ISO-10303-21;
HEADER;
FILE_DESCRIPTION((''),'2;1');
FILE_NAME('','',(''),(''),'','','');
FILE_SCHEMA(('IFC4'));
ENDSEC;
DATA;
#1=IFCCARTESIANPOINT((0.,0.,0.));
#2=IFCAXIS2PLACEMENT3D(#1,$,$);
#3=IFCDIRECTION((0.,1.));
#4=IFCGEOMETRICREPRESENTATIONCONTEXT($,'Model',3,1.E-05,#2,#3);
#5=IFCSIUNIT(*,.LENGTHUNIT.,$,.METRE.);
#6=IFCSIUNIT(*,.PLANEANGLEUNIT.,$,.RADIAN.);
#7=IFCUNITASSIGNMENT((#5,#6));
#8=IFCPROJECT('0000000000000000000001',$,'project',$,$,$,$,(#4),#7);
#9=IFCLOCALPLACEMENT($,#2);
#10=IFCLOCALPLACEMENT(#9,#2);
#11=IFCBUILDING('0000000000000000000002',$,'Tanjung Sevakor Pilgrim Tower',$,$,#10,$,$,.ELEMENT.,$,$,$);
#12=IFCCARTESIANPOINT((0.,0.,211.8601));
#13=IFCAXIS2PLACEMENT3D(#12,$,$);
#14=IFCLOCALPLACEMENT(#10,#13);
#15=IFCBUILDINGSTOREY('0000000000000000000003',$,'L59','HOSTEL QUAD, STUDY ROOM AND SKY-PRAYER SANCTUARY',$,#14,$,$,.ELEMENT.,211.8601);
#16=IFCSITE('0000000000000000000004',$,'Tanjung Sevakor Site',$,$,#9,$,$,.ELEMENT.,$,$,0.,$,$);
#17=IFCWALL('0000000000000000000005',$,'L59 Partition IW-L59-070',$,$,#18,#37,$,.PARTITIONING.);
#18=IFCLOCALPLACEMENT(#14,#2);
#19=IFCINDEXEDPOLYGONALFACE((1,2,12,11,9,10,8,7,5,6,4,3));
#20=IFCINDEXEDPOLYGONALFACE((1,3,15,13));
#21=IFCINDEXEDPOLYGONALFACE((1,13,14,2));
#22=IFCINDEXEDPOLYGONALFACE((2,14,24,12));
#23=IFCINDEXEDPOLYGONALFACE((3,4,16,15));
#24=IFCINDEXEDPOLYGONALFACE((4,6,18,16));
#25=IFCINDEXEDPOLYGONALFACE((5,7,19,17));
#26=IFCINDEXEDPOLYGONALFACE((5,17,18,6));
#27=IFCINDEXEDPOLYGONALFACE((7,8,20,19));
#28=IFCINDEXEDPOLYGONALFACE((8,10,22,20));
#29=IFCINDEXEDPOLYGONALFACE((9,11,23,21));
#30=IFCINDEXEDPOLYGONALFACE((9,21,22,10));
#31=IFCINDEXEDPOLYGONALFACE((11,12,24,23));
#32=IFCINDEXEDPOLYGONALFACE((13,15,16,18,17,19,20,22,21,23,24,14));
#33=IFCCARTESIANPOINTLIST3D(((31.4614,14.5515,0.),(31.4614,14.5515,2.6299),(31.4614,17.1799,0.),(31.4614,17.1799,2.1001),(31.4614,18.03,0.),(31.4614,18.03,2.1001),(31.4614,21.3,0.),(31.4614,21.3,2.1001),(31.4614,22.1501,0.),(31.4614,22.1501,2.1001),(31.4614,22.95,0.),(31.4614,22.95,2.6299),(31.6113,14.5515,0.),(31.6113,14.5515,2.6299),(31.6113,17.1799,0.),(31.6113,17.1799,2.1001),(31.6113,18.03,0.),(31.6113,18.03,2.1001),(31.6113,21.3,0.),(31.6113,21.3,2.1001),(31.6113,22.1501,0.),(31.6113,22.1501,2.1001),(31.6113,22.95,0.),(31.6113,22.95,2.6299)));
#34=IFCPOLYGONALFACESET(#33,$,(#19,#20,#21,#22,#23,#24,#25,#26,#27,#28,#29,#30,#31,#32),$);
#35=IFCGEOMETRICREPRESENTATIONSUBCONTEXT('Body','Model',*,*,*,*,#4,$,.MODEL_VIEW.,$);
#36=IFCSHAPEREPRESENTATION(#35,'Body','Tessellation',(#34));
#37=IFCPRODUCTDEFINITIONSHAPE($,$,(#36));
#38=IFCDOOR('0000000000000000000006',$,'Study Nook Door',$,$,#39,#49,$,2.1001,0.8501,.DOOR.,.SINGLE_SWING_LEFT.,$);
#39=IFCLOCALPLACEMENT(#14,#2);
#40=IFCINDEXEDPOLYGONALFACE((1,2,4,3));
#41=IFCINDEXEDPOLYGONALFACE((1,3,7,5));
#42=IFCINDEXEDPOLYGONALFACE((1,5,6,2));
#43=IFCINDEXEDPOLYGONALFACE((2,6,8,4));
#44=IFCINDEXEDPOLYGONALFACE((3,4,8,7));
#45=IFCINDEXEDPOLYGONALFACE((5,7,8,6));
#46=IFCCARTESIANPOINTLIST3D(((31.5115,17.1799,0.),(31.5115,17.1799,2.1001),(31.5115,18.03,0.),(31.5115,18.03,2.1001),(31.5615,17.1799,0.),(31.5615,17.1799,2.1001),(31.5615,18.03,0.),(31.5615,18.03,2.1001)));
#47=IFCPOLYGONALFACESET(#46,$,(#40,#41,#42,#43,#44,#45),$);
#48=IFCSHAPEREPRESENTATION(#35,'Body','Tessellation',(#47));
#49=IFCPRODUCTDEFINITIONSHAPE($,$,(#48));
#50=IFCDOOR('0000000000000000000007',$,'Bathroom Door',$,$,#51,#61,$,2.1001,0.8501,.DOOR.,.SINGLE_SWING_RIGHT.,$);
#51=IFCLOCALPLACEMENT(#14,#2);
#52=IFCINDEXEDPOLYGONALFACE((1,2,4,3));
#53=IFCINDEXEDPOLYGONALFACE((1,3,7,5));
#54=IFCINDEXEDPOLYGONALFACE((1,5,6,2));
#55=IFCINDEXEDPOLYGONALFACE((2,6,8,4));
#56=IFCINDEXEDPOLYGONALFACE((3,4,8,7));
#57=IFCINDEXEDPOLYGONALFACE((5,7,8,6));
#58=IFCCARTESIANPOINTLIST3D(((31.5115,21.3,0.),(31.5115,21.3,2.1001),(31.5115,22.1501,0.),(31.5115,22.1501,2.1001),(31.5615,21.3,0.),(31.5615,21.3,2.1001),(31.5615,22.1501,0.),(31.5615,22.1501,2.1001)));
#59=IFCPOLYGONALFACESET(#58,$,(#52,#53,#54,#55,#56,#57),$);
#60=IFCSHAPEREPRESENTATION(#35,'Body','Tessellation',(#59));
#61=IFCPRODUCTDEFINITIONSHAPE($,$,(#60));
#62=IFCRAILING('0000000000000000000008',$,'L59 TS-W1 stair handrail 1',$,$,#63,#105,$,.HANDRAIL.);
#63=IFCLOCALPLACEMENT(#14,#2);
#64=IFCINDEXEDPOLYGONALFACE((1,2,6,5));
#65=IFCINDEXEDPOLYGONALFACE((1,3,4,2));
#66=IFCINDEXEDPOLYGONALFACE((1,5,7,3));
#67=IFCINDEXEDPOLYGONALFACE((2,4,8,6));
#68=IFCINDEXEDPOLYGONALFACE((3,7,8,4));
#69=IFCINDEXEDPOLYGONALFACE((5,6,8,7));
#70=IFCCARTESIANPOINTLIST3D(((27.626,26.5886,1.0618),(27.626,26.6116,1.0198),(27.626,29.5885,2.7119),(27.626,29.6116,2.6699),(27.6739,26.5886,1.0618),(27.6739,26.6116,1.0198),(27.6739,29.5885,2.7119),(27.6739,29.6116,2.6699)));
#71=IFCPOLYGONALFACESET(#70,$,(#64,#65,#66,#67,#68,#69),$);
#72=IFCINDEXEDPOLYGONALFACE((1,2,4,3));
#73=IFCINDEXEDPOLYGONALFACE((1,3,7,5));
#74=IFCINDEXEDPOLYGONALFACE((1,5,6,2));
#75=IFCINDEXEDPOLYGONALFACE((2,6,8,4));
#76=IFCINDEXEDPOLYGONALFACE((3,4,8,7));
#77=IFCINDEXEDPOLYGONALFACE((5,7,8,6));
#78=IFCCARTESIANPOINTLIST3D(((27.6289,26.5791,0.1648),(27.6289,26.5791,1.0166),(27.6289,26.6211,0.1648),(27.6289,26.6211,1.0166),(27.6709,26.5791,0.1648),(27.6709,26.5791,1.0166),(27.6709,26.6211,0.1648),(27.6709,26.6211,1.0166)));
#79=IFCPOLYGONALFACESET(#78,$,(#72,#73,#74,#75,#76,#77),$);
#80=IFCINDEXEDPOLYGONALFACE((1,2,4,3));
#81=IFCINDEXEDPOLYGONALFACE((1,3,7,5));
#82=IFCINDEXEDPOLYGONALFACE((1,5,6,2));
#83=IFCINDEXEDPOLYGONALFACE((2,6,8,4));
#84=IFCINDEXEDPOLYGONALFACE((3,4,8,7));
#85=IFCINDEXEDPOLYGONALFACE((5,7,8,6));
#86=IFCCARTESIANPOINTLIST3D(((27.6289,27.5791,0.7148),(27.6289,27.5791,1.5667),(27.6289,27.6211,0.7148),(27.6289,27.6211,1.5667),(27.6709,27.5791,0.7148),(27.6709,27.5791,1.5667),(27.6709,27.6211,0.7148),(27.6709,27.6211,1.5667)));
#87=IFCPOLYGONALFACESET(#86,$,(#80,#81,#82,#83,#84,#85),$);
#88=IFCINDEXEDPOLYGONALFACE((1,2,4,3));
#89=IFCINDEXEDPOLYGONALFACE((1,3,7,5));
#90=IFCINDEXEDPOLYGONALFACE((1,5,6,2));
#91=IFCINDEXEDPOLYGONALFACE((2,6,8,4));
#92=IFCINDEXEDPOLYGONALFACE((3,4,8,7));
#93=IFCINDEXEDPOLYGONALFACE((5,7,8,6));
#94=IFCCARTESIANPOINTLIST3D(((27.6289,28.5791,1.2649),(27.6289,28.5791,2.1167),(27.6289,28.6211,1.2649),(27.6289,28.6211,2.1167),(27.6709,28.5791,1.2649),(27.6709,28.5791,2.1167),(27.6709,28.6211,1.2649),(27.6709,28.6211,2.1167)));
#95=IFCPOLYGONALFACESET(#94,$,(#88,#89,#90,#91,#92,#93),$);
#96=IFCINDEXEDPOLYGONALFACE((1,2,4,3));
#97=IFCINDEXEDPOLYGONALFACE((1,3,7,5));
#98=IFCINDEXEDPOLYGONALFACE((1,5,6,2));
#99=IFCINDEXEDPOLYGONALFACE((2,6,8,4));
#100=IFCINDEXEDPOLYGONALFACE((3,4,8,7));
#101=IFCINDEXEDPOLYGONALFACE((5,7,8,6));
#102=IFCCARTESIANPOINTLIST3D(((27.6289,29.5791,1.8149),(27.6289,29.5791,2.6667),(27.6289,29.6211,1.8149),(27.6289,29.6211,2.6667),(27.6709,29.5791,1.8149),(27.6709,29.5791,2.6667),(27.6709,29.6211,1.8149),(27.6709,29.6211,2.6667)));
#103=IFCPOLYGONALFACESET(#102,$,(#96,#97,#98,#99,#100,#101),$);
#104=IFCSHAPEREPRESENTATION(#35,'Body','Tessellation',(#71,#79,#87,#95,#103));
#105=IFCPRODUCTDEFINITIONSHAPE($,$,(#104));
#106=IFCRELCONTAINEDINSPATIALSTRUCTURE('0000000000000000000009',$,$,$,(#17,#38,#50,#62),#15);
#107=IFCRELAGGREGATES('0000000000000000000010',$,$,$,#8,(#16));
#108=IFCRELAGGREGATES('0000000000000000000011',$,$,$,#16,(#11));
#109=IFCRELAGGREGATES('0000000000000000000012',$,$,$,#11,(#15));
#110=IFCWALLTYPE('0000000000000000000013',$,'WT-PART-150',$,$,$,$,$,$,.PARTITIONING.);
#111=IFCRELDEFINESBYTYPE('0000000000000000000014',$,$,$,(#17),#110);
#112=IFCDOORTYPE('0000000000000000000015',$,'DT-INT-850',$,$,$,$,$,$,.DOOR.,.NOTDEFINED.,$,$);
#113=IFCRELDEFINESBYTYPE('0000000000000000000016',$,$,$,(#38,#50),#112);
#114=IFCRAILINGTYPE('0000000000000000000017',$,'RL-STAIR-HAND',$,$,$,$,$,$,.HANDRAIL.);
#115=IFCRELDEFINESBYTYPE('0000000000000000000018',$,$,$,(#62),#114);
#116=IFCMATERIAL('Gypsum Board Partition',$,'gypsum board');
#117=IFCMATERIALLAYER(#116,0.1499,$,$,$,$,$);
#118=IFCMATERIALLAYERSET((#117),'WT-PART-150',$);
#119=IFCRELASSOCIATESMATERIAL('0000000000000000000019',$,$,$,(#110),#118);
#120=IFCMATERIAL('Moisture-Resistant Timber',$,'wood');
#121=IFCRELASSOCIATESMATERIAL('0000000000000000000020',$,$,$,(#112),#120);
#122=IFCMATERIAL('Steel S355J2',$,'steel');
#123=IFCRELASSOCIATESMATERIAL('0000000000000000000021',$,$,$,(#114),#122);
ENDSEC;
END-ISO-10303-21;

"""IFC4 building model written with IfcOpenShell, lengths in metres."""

from ifc_helpers import new_model, si_unit, direction, frame, frame_2d, origin, place, context, subcontext, project, spatial, rectangle, extrude, material, layer, layer_set, type_object, element, fill, save


model = new_model("IFC4")

# Units and contexts
model_context = context("Model", 3, precision=1e-05, world=origin(), true_north=direction((0.0, 1.0)))
body_context = subcontext(model_context, "Body", "Model", "MODEL_VIEW")
ifc_project = project(units=[si_unit("LENGTHUNIT", "METRE"), si_unit("PLANEANGLEUNIT", "RADIAN")], contexts=[model_context])

# Site, building, storey
site_placement = place(None, origin())
site = spatial("IfcSite", under=ifc_project, at=site_placement, Name="Tanjung Sevakor Site", CompositionType="ELEMENT", RefElevation=0.0)
building_placement = place(site_placement, origin())
building = spatial("IfcBuilding", under=site, at=building_placement, Name="Tanjung Sevakor Pilgrim Tower", CompositionType="ELEMENT")
storey_placement = place(building_placement, frame((0.0, 0.0, 211.8601)))
storey = spatial("IfcBuildingStorey", under=building, at=storey_placement, Name="L59", Description="HOSTEL QUAD, STUDY ROOM AND SKY-PRAYER SANCTUARY", CompositionType="ELEMENT", Elevation=211.8601)

# Shared definitions
ifc_material_1 = material(Name="Gypsum Board Partition", Category="gypsum board")
ifc_layer_1 = layer(ifc_material_1, 0.1499)
ifc_layer_set_1 = layer_set([ifc_layer_1], Name="WT-PART-150")
wall_type_1 = type_object("IfcWallType", Name="WT-PART-150", PredefinedType="PARTITIONING", material=ifc_layer_set_1)

# Wall, openings, doors
wall_1_placement = place(storey_placement, frame((31.5364, 14.5515, 0.0), z_axis=(0.0, 0.0, 1.0), x_axis=(0.0, 1.0, 0.0)))
wall_1 = element("IfcWall", 1, at=wall_1_placement, inside=storey, type_object=wall_type_1, Name="L59 Partition IW-L59-070", PredefinedType="PARTITIONING", context=body_context, shape_type="SweptSolid", body=[
    extrude(rectangle(XDim=8.3984, YDim=0.1499, at=frame_2d((4.1992, 0.0))), origin(), (0.0, 0.0, 1.0), 2.6299),
])
opening_1_placement = place(wall_1_placement, frame((2.6284, 0.0, 0.0)))
opening_1 = element("IfcOpeningElement", 2, at=opening_1_placement, cuts=wall_1, PredefinedType="OPENING", context=body_context, shape_type="SweptSolid", body=[
    extrude(rectangle(XDim=0.8501, YDim=2.1001, at=frame_2d((0.425, 1.05))), frame((0.0, 0.085, 0.0), z_axis=(0.0, -1.0, 0.0), x_axis=(1.0, 0.0, 0.0)), (0.0, 0.0, 1.0), 0.1699),
])
opening_2_placement = place(wall_1_placement, frame((6.7485, 0.0, 0.0)))
opening_2 = element("IfcOpeningElement", 3, at=opening_2_placement, cuts=wall_1, PredefinedType="OPENING", context=body_context, shape_type="SweptSolid", body=[
    extrude(rectangle(XDim=0.8501, YDim=2.1001, at=frame_2d((0.425, 1.05))), frame((0.0, 0.085, 0.0), z_axis=(0.0, -1.0, 0.0), x_axis=(1.0, 0.0, 0.0)), (0.0, 0.0, 1.0), 0.1699),
])
ifc_material_2 = material(Name="Moisture-Resistant Timber", Category="wood")
door_type_1 = type_object("IfcDoorType", Name="DT-INT-850", OperationType="NOTDEFINED", PredefinedType="DOOR", material=ifc_material_2)
door_1_placement = place(opening_1_placement, origin())
door_1 = element("IfcDoor", 4, at=door_1_placement, inside=storey, type_object=door_type_1, Name="Study Nook Door", OperationType="SINGLE_SWING_LEFT", OverallHeight=2.1001, OverallWidth=0.8501, PredefinedType="DOOR", context=body_context, shape_type="SweptSolid", body=[
    extrude(rectangle(XDim=0.8501, YDim=2.1001, at=frame_2d((0.425, 1.05))), frame((0.0, 0.0249, 0.0), z_axis=(0.0, -1.0, 0.0), x_axis=(1.0, 0.0, 0.0)), (0.0, 0.0, 1.0), 0.05),
])
fill(opening_1, door_1)
door_2_placement = place(opening_2_placement, origin())
door_2 = element("IfcDoor", 5, at=door_2_placement, inside=storey, type_object=door_type_1, Name="Bathroom Door", OperationType="SINGLE_SWING_RIGHT", OverallHeight=2.1001, OverallWidth=0.8501, PredefinedType="DOOR", context=body_context, shape_type="SweptSolid", body=[
    extrude(rectangle(XDim=0.8501, YDim=2.1001, at=frame_2d((0.425, 1.05))), frame((0.0, 0.0249, 0.0), z_axis=(0.0, -1.0, 0.0), x_axis=(1.0, 0.0, 0.0)), (0.0, 0.0, 1.0), 0.05),
])
fill(opening_2, door_2)

# Railing
ifc_material_3 = material(Name="Steel S355J2", Category="steel")
railing_type = type_object("IfcRailingType", Name="RL-STAIR-HAND", PredefinedType="HANDRAIL", material=ifc_material_3)
railing_placement = place(storey_placement, frame((27.6499, 26.6001, 0.1648)))
element("IfcRailing", 6, at=railing_placement, inside=storey, type_object=railing_type, Name="L59 TS-W1 stair handrail 1", PredefinedType="HANDRAIL", context=body_context, shape_type="SweptSolid", body=[
    extrude(rectangle(XDim=0.0479, YDim=0.0479), frame((0.0, 0.0, 0.876), z_axis=(0.0, 0.876198, 0.481952), x_axis=(-1.0, 0.0, 0.0)), (0.0, 0.0, 1.0), 3.4238),
    extrude(rectangle(XDim=0.042, YDim=0.042), origin(), (0.0, 0.0, 1.0), 0.8518),
    extrude(rectangle(XDim=0.042, YDim=0.042), frame((0.0, 1.0, 0.55)), (0.0, 0.0, 1.0), 0.8518),
    extrude(rectangle(XDim=0.042, YDim=0.042), frame((0.0, 2.0, 1.1001)), (0.0, 0.0, 1.0), 0.8518),
    extrude(rectangle(XDim=0.042, YDim=0.042), frame((0.0, 3.0, 1.6501)), (0.0, 0.0, 1.0), 0.8518),
])

save(model, "model.ifc")
